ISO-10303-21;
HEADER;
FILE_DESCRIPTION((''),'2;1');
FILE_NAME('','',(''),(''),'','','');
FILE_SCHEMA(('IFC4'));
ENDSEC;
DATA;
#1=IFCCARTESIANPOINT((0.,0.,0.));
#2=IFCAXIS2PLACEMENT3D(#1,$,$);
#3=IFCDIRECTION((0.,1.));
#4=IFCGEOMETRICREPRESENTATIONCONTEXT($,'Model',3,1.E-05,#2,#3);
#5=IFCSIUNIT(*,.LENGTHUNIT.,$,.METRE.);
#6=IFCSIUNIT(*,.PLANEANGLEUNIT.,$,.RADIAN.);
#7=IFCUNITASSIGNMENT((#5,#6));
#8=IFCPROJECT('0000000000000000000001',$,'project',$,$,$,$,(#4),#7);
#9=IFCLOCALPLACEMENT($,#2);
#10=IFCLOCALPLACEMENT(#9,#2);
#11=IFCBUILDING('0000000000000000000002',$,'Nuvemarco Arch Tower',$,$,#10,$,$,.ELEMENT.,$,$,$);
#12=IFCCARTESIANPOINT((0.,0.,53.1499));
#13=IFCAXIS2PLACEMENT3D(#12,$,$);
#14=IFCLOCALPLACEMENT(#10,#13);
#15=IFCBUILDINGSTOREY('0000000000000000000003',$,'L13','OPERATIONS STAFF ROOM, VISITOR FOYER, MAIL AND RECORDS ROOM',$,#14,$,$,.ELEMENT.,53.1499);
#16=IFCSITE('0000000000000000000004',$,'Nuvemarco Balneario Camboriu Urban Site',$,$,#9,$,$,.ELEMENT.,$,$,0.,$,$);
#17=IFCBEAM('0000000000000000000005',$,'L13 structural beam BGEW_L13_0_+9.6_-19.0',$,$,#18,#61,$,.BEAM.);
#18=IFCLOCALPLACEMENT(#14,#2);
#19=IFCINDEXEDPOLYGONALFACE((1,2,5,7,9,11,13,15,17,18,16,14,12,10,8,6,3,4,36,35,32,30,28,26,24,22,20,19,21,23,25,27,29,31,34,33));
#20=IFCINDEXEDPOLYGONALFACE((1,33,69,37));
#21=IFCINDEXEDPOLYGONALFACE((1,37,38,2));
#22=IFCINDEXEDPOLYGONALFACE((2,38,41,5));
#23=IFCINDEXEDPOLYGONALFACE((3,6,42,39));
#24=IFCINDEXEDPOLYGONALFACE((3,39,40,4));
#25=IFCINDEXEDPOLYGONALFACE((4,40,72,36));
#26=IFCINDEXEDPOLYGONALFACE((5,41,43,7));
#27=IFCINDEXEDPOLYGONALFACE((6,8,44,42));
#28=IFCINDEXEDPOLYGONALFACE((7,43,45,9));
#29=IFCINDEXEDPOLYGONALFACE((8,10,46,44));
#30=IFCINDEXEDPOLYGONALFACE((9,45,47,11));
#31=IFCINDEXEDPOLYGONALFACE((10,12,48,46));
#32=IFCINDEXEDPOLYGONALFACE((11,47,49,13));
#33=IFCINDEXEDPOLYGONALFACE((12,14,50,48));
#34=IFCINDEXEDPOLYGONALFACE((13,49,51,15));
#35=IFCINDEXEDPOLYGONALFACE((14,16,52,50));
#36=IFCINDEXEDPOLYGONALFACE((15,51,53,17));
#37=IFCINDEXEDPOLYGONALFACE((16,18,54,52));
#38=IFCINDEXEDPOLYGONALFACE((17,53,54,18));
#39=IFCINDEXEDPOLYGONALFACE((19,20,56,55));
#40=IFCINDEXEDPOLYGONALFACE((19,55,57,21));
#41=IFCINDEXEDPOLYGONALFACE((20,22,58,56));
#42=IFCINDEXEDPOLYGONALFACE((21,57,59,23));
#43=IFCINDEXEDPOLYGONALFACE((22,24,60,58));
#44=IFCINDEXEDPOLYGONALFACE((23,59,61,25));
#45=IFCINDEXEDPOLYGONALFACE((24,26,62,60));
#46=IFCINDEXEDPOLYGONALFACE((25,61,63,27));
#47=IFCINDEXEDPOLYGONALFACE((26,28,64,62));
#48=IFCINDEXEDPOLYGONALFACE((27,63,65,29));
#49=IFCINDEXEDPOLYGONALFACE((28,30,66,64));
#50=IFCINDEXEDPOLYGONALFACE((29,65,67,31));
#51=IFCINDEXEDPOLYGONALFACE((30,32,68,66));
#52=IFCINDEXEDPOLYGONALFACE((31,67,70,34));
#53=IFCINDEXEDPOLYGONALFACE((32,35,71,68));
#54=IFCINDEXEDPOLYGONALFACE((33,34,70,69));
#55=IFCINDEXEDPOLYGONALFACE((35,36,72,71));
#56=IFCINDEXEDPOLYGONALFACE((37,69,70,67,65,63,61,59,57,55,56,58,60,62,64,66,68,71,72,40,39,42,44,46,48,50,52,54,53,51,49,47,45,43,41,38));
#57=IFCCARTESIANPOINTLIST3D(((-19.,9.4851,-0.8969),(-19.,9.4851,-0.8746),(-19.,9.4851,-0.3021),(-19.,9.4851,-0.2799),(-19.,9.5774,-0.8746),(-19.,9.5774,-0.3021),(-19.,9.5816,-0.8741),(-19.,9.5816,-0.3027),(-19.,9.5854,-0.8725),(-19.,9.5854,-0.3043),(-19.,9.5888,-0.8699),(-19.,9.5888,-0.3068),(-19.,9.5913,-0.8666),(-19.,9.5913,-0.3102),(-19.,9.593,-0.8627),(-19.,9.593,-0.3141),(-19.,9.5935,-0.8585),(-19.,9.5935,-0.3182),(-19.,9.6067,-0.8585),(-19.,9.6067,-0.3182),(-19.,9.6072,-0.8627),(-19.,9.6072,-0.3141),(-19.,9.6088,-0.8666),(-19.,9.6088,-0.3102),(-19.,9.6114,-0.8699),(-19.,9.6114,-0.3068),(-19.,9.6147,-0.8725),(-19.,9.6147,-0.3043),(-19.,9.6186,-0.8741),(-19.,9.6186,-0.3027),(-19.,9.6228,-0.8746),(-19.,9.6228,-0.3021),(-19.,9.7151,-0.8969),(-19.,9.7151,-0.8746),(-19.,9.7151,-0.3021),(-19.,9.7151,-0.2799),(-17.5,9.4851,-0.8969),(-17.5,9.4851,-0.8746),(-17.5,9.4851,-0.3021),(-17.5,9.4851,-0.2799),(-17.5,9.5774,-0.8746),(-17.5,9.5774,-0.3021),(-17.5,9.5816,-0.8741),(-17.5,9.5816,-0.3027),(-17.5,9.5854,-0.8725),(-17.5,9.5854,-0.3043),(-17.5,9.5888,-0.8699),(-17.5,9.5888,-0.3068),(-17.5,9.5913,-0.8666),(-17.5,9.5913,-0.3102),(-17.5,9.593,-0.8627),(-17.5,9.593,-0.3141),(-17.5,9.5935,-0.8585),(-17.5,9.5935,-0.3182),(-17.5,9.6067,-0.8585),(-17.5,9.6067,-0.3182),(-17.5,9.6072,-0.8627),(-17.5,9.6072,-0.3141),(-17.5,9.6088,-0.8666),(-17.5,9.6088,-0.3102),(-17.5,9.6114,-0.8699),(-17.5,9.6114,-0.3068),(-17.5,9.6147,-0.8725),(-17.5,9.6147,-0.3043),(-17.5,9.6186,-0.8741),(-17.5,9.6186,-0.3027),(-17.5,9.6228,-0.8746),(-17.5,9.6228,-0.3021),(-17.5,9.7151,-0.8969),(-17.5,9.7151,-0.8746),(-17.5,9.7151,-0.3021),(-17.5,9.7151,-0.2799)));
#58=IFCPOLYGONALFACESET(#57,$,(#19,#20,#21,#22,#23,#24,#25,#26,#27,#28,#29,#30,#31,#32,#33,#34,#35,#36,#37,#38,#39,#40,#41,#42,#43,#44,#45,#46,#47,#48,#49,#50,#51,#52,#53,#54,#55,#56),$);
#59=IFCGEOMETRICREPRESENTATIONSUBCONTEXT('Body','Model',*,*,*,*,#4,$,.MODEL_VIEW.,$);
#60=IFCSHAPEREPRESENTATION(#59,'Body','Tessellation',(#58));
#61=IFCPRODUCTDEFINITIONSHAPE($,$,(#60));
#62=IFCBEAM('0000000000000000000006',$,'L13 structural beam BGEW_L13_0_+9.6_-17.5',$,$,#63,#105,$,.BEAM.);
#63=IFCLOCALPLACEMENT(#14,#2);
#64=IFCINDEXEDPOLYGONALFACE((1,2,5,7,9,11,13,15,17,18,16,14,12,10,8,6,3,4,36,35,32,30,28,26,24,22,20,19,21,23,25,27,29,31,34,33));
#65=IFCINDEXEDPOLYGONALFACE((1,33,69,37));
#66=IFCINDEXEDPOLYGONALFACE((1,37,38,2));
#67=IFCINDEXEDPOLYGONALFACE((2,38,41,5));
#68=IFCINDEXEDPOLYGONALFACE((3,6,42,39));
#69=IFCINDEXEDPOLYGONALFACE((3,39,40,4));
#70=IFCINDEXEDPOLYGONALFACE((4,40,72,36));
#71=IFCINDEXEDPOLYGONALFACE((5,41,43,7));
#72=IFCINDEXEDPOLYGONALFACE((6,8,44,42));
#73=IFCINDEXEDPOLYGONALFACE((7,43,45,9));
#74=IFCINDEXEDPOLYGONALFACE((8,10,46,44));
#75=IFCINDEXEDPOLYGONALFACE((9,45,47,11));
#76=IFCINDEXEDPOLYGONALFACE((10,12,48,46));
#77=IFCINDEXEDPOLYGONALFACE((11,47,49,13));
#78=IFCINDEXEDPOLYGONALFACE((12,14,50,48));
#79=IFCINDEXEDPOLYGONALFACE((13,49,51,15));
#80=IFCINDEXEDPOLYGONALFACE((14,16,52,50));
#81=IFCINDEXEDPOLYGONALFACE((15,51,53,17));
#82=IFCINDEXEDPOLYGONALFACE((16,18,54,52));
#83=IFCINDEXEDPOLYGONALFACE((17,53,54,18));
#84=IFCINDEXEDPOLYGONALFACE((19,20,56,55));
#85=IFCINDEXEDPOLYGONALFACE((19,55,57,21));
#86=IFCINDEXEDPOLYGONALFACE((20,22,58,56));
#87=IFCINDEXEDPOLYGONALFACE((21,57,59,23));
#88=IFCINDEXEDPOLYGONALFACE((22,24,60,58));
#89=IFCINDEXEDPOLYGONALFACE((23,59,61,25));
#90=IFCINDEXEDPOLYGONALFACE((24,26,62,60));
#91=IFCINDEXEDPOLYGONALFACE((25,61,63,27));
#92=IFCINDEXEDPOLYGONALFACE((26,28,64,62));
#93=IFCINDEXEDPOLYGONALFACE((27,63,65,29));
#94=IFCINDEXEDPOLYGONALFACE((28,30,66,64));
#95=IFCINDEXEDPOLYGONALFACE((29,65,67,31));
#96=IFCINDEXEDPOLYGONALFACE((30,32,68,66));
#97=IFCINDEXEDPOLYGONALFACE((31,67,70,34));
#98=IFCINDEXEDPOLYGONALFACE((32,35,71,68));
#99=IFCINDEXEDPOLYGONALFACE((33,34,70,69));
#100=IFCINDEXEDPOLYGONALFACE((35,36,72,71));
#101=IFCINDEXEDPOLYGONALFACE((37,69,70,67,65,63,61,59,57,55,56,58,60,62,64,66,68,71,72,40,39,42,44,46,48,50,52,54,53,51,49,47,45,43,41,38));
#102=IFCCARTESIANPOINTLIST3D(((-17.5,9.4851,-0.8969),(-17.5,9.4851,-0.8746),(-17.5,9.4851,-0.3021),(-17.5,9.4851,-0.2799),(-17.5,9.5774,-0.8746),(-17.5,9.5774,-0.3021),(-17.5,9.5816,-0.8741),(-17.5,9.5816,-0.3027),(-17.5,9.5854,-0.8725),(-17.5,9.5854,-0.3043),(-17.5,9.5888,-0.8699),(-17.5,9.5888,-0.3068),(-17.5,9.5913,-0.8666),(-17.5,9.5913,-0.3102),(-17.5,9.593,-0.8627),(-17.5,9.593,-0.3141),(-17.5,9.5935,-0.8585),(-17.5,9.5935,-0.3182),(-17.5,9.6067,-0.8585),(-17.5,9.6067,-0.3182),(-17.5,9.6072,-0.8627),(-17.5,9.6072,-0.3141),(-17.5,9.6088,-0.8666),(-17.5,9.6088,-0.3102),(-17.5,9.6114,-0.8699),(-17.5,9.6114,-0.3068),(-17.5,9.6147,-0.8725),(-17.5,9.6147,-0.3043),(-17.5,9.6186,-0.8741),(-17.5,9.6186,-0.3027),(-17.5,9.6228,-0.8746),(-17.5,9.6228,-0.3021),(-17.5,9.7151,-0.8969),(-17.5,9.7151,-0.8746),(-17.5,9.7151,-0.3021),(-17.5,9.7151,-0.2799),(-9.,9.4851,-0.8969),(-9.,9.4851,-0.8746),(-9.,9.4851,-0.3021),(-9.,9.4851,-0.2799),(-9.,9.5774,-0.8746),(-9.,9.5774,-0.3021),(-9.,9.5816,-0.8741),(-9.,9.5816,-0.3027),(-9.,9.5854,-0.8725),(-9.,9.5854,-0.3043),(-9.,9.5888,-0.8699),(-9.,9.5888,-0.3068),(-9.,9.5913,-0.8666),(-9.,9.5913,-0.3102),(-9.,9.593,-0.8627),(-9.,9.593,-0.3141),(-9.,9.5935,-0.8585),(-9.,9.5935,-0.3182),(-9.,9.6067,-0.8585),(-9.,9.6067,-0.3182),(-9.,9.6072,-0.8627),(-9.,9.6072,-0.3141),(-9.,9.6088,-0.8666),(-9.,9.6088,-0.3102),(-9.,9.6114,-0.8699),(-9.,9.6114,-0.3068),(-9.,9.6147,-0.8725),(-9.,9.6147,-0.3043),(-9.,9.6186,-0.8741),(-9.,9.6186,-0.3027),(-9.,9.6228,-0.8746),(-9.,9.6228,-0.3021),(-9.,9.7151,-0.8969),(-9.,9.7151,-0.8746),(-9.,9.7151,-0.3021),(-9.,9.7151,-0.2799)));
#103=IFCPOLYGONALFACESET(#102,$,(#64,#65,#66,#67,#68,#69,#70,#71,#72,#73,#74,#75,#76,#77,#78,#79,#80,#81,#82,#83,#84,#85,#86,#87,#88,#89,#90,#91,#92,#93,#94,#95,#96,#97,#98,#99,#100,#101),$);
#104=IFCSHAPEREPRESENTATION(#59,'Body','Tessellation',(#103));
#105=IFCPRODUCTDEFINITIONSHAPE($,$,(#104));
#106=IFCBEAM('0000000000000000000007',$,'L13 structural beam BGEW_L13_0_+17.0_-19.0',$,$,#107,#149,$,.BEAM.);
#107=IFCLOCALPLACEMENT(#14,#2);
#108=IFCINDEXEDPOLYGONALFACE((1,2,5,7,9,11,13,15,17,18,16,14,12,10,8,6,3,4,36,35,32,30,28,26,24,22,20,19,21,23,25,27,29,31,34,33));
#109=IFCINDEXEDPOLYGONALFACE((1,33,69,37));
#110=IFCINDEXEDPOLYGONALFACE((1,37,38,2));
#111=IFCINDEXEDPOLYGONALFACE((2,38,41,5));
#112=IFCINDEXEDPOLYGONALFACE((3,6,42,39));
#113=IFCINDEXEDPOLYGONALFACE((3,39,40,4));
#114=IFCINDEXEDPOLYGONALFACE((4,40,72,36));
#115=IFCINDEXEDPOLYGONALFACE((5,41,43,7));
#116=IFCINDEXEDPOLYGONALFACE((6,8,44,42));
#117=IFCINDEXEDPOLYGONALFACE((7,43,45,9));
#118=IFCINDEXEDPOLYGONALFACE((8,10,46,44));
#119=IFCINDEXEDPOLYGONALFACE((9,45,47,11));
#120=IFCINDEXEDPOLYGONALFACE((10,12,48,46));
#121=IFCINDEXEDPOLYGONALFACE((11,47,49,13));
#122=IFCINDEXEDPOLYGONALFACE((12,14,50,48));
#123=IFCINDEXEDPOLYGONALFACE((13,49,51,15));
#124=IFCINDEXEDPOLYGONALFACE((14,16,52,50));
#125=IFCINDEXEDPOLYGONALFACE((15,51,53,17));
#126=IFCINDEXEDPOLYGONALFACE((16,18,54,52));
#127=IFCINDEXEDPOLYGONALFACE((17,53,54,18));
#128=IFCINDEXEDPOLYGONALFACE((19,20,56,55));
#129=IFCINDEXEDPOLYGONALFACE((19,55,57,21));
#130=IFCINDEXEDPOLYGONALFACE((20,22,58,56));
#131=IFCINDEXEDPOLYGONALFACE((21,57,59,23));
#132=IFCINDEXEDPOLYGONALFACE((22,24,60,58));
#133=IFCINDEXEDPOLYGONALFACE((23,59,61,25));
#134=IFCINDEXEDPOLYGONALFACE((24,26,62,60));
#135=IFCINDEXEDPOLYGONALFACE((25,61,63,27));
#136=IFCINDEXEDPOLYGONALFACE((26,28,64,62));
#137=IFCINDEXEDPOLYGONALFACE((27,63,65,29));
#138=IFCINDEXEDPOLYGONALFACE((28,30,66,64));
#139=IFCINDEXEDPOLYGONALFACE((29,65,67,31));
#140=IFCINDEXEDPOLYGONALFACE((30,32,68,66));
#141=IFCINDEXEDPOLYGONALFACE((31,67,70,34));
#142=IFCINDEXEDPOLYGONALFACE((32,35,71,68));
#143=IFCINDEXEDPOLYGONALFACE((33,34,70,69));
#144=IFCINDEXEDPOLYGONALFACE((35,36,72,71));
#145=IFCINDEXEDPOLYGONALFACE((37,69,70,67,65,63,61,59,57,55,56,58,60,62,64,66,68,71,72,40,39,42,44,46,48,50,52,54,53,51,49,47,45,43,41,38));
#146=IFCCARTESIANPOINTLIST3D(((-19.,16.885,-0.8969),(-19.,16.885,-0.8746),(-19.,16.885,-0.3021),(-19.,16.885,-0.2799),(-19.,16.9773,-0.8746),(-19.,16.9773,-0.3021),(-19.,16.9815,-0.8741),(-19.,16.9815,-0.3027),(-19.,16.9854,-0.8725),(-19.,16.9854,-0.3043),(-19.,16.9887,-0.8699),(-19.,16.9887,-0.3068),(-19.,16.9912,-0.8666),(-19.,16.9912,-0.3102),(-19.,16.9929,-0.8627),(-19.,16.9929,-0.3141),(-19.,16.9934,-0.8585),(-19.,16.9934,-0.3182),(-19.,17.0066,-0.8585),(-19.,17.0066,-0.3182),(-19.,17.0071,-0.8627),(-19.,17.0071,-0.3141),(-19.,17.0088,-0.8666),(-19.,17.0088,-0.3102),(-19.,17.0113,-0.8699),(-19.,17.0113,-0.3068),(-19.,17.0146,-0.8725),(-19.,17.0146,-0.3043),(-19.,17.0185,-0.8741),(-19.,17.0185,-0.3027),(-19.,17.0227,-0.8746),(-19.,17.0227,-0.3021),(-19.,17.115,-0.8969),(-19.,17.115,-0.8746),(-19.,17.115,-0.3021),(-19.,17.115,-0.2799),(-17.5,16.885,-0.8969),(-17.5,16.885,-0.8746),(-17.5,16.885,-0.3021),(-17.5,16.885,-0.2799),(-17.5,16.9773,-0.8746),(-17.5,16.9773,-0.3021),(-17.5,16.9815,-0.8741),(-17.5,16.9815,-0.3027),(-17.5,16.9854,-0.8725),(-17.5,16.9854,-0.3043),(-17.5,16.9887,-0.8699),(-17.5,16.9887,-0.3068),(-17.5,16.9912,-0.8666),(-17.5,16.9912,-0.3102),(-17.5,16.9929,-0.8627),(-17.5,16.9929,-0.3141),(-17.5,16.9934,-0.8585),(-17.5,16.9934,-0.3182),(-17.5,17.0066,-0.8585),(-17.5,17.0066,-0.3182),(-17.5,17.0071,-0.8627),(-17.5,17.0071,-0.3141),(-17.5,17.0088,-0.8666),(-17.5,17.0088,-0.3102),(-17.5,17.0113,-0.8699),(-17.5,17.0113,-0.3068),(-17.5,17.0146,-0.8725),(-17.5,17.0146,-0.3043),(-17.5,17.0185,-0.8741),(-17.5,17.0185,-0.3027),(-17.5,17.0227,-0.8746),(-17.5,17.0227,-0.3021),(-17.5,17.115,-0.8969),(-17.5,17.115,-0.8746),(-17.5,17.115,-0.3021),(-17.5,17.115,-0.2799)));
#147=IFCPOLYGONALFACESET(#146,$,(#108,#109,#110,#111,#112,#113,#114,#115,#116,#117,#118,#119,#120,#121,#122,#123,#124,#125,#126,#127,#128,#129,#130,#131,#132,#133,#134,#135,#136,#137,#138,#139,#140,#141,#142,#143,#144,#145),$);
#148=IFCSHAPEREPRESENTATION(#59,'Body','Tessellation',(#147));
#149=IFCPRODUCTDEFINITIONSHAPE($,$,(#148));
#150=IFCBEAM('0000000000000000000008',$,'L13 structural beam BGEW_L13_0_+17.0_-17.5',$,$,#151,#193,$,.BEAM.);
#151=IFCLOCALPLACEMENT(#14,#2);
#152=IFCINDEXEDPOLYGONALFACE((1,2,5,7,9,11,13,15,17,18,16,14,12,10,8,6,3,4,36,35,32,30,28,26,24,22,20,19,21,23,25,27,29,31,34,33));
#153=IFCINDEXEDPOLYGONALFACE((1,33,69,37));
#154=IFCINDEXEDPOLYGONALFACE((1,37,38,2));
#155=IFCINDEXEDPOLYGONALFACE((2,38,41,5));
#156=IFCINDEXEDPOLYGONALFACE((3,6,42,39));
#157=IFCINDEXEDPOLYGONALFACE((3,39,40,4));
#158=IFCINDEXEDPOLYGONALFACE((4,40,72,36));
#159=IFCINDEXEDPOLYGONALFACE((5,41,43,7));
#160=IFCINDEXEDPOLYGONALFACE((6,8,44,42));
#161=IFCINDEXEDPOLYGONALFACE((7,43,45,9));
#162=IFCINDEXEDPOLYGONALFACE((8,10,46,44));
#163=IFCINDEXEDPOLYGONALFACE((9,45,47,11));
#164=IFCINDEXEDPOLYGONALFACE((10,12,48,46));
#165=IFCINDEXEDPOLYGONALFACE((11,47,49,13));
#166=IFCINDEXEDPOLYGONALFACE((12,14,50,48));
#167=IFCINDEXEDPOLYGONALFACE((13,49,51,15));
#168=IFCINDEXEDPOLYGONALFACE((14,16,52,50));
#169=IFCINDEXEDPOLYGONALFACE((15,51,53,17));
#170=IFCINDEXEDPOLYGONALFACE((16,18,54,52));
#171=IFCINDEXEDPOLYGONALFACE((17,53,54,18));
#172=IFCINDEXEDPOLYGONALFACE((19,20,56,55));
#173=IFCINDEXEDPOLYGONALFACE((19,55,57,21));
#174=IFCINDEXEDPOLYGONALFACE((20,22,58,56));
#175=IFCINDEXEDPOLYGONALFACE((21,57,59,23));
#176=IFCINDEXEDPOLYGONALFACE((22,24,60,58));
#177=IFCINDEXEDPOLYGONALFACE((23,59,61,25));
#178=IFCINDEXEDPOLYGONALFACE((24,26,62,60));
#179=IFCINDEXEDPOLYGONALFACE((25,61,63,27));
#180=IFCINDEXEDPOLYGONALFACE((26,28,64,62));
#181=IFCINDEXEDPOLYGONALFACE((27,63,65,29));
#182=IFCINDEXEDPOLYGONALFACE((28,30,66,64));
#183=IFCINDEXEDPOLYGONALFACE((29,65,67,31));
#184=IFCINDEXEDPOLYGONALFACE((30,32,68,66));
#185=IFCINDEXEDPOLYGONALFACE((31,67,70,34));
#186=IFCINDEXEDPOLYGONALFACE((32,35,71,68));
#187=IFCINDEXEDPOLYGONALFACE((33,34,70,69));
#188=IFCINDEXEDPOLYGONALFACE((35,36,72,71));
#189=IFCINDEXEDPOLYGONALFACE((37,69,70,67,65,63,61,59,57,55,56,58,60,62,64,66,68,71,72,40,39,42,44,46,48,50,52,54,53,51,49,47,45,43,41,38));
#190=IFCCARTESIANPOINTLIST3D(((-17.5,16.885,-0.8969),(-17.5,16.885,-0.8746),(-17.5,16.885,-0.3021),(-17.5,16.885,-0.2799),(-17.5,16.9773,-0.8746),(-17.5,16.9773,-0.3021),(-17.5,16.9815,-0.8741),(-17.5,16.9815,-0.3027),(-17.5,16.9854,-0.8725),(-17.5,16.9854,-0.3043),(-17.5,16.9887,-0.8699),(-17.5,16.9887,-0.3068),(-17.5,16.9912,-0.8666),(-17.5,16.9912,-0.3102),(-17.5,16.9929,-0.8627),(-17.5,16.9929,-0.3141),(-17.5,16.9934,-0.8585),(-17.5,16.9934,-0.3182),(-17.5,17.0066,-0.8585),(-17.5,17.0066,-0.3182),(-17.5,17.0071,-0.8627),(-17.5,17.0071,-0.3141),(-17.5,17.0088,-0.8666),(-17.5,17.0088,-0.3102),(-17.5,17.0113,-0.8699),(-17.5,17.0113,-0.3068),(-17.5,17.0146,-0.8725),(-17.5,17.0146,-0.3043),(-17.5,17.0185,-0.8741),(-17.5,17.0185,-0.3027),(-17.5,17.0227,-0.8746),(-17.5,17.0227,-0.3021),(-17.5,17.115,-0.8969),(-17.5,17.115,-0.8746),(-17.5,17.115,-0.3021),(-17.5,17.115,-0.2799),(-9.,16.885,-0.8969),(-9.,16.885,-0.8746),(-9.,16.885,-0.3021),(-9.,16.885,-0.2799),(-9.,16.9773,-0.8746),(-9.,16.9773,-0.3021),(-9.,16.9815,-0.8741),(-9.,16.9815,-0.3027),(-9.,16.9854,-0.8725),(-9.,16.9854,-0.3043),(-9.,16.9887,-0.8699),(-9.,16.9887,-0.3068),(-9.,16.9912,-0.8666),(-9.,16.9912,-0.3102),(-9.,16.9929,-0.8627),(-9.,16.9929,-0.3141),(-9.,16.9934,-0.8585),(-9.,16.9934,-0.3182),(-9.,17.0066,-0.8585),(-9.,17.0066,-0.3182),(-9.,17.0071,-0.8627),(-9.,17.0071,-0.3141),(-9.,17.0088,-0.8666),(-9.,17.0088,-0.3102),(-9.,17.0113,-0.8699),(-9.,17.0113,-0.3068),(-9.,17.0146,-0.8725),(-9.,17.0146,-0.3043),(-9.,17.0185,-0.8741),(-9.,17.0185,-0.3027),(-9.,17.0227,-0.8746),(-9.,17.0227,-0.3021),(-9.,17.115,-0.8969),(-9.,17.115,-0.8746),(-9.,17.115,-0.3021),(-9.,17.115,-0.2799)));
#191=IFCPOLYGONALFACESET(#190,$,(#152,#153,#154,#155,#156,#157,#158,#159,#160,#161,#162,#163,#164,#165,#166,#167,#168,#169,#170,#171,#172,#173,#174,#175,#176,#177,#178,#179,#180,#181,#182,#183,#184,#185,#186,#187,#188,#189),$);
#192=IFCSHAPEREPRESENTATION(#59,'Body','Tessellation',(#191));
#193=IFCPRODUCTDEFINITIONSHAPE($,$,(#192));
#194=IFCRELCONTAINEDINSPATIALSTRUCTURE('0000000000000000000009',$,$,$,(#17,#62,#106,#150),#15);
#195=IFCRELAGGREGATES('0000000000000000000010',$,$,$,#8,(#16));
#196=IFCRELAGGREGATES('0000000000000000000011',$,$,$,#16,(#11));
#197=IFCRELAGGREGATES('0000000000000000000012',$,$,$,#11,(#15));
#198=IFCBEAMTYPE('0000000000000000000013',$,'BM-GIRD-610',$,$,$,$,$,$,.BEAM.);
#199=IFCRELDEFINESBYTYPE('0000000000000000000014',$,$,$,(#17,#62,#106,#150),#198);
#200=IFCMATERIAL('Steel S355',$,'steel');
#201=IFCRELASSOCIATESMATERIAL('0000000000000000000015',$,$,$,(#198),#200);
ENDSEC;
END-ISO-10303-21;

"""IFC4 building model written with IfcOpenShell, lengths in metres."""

from ifc_helpers import new_model, si_unit, direction, frame, origin, origin_2d, place, context, subcontext, project, spatial, i_section, extrude, material, material_profile, profile_set, type_object, element, save


model = new_model("IFC4")

# Units and contexts
model_context = context("Model", 3, precision=1e-05, world=origin(), true_north=direction((0.0, 1.0)))
body_context = subcontext(model_context, "Body", "Model", "MODEL_VIEW")
ifc_project = project(units=[si_unit("LENGTHUNIT", "METRE"), si_unit("PLANEANGLEUNIT", "RADIAN")], contexts=[model_context])

# Site, building, storey
site_placement = place(None, origin())
site = spatial("IfcSite", under=ifc_project, at=site_placement, Name="Nuvemarco Balneario Camboriu Urban Site", CompositionType="ELEMENT", RefElevation=0.0)
building_placement = place(site_placement, origin())
building = spatial("IfcBuilding", under=site, at=building_placement, Name="Nuvemarco Arch Tower", CompositionType="ELEMENT")
storey_placement = place(building_placement, frame((0.0, 0.0, 53.1499)))
storey = spatial("IfcBuildingStorey", under=building, at=storey_placement, Name="L13", Description="OPERATIONS STAFF ROOM, VISITOR FOYER, MAIL AND RECORDS ROOM", CompositionType="ELEMENT", Elevation=53.1499)

# Shared definitions
ifc_material_1 = material(Name="Steel S355", Category="steel")

# Beams
ifc_material_profile_1 = material_profile(ifc_material_1, i_section(OverallWidth=0.23, OverallDepth=0.6169, WebThickness=0.0132, FlangeThickness=0.0222, FilletRadius=0.0161, at=origin_2d()), Name="W610x140")
ifc_profile_set_1 = profile_set([ifc_material_profile_1], Name="Steel S355")
beam_type_1 = type_object("IfcBeamType", Name="BM-GIRD-610", PredefinedType="BEAM", material=ifc_profile_set_1)
beam_1_placement = place(storey_placement, frame((-19.0, 9.6001, -0.5884), z_axis=(1.0, 0.0, 0.0), x_axis=(0.0, 1.0, 0.0)))
element("IfcBeam", 1, at=beam_1_placement, inside=storey, type_object=beam_type_1, Name="L13 structural beam BGEW_L13_0_+9.6_-19.0", PredefinedType="BEAM", context=body_context, shape_type="SweptSolid", body=[
    extrude(i_section(OverallWidth=0.23, OverallDepth=0.6169, WebThickness=0.0132, FlangeThickness=0.0222, FilletRadius=0.0161, at=origin_2d()), origin(), (0.0, 0.0, 1.0), 1.5),
])
beam_2_placement = place(storey_placement, frame((-17.5, 9.6001, -0.5884), z_axis=(1.0, 0.0, 0.0), x_axis=(0.0, 1.0, 0.0)))
element("IfcBeam", 2, at=beam_2_placement, inside=storey, type_object=beam_type_1, Name="L13 structural beam BGEW_L13_0_+9.6_-17.5", PredefinedType="BEAM", context=body_context, shape_type="SweptSolid", body=[
    extrude(i_section(OverallWidth=0.23, OverallDepth=0.6169, WebThickness=0.0132, FlangeThickness=0.0222, FilletRadius=0.0161, at=origin_2d()), origin(), (0.0, 0.0, 1.0), 8.5),
])
beam_3_placement = place(storey_placement, frame((-19.0, 17.0, -0.5884), z_axis=(1.0, 0.0, 0.0), x_axis=(0.0, 1.0, 0.0)))
element("IfcBeam", 3, at=beam_3_placement, inside=storey, type_object=beam_type_1, Name="L13 structural beam BGEW_L13_0_+17.0_-19.0", PredefinedType="BEAM", context=body_context, shape_type="SweptSolid", body=[
    extrude(i_section(OverallWidth=0.23, OverallDepth=0.6169, WebThickness=0.0132, FlangeThickness=0.0222, FilletRadius=0.0161, at=origin_2d()), origin(), (0.0, 0.0, 1.0), 1.5),
])
beam_4_placement = place(storey_placement, frame((-17.5, 17.0, -0.5884), z_axis=(1.0, 0.0, 0.0), x_axis=(0.0, 1.0, 0.0)))
element("IfcBeam", 4, at=beam_4_placement, inside=storey, type_object=beam_type_1, Name="L13 structural beam BGEW_L13_0_+17.0_-17.5", PredefinedType="BEAM", context=body_context, shape_type="SweptSolid", body=[
    extrude(i_section(OverallWidth=0.23, OverallDepth=0.6169, WebThickness=0.0132, FlangeThickness=0.0222, FilletRadius=0.0161, at=origin_2d()), origin(), (0.0, 0.0, 1.0), 8.5),
])

save(model, "model.ifc")
